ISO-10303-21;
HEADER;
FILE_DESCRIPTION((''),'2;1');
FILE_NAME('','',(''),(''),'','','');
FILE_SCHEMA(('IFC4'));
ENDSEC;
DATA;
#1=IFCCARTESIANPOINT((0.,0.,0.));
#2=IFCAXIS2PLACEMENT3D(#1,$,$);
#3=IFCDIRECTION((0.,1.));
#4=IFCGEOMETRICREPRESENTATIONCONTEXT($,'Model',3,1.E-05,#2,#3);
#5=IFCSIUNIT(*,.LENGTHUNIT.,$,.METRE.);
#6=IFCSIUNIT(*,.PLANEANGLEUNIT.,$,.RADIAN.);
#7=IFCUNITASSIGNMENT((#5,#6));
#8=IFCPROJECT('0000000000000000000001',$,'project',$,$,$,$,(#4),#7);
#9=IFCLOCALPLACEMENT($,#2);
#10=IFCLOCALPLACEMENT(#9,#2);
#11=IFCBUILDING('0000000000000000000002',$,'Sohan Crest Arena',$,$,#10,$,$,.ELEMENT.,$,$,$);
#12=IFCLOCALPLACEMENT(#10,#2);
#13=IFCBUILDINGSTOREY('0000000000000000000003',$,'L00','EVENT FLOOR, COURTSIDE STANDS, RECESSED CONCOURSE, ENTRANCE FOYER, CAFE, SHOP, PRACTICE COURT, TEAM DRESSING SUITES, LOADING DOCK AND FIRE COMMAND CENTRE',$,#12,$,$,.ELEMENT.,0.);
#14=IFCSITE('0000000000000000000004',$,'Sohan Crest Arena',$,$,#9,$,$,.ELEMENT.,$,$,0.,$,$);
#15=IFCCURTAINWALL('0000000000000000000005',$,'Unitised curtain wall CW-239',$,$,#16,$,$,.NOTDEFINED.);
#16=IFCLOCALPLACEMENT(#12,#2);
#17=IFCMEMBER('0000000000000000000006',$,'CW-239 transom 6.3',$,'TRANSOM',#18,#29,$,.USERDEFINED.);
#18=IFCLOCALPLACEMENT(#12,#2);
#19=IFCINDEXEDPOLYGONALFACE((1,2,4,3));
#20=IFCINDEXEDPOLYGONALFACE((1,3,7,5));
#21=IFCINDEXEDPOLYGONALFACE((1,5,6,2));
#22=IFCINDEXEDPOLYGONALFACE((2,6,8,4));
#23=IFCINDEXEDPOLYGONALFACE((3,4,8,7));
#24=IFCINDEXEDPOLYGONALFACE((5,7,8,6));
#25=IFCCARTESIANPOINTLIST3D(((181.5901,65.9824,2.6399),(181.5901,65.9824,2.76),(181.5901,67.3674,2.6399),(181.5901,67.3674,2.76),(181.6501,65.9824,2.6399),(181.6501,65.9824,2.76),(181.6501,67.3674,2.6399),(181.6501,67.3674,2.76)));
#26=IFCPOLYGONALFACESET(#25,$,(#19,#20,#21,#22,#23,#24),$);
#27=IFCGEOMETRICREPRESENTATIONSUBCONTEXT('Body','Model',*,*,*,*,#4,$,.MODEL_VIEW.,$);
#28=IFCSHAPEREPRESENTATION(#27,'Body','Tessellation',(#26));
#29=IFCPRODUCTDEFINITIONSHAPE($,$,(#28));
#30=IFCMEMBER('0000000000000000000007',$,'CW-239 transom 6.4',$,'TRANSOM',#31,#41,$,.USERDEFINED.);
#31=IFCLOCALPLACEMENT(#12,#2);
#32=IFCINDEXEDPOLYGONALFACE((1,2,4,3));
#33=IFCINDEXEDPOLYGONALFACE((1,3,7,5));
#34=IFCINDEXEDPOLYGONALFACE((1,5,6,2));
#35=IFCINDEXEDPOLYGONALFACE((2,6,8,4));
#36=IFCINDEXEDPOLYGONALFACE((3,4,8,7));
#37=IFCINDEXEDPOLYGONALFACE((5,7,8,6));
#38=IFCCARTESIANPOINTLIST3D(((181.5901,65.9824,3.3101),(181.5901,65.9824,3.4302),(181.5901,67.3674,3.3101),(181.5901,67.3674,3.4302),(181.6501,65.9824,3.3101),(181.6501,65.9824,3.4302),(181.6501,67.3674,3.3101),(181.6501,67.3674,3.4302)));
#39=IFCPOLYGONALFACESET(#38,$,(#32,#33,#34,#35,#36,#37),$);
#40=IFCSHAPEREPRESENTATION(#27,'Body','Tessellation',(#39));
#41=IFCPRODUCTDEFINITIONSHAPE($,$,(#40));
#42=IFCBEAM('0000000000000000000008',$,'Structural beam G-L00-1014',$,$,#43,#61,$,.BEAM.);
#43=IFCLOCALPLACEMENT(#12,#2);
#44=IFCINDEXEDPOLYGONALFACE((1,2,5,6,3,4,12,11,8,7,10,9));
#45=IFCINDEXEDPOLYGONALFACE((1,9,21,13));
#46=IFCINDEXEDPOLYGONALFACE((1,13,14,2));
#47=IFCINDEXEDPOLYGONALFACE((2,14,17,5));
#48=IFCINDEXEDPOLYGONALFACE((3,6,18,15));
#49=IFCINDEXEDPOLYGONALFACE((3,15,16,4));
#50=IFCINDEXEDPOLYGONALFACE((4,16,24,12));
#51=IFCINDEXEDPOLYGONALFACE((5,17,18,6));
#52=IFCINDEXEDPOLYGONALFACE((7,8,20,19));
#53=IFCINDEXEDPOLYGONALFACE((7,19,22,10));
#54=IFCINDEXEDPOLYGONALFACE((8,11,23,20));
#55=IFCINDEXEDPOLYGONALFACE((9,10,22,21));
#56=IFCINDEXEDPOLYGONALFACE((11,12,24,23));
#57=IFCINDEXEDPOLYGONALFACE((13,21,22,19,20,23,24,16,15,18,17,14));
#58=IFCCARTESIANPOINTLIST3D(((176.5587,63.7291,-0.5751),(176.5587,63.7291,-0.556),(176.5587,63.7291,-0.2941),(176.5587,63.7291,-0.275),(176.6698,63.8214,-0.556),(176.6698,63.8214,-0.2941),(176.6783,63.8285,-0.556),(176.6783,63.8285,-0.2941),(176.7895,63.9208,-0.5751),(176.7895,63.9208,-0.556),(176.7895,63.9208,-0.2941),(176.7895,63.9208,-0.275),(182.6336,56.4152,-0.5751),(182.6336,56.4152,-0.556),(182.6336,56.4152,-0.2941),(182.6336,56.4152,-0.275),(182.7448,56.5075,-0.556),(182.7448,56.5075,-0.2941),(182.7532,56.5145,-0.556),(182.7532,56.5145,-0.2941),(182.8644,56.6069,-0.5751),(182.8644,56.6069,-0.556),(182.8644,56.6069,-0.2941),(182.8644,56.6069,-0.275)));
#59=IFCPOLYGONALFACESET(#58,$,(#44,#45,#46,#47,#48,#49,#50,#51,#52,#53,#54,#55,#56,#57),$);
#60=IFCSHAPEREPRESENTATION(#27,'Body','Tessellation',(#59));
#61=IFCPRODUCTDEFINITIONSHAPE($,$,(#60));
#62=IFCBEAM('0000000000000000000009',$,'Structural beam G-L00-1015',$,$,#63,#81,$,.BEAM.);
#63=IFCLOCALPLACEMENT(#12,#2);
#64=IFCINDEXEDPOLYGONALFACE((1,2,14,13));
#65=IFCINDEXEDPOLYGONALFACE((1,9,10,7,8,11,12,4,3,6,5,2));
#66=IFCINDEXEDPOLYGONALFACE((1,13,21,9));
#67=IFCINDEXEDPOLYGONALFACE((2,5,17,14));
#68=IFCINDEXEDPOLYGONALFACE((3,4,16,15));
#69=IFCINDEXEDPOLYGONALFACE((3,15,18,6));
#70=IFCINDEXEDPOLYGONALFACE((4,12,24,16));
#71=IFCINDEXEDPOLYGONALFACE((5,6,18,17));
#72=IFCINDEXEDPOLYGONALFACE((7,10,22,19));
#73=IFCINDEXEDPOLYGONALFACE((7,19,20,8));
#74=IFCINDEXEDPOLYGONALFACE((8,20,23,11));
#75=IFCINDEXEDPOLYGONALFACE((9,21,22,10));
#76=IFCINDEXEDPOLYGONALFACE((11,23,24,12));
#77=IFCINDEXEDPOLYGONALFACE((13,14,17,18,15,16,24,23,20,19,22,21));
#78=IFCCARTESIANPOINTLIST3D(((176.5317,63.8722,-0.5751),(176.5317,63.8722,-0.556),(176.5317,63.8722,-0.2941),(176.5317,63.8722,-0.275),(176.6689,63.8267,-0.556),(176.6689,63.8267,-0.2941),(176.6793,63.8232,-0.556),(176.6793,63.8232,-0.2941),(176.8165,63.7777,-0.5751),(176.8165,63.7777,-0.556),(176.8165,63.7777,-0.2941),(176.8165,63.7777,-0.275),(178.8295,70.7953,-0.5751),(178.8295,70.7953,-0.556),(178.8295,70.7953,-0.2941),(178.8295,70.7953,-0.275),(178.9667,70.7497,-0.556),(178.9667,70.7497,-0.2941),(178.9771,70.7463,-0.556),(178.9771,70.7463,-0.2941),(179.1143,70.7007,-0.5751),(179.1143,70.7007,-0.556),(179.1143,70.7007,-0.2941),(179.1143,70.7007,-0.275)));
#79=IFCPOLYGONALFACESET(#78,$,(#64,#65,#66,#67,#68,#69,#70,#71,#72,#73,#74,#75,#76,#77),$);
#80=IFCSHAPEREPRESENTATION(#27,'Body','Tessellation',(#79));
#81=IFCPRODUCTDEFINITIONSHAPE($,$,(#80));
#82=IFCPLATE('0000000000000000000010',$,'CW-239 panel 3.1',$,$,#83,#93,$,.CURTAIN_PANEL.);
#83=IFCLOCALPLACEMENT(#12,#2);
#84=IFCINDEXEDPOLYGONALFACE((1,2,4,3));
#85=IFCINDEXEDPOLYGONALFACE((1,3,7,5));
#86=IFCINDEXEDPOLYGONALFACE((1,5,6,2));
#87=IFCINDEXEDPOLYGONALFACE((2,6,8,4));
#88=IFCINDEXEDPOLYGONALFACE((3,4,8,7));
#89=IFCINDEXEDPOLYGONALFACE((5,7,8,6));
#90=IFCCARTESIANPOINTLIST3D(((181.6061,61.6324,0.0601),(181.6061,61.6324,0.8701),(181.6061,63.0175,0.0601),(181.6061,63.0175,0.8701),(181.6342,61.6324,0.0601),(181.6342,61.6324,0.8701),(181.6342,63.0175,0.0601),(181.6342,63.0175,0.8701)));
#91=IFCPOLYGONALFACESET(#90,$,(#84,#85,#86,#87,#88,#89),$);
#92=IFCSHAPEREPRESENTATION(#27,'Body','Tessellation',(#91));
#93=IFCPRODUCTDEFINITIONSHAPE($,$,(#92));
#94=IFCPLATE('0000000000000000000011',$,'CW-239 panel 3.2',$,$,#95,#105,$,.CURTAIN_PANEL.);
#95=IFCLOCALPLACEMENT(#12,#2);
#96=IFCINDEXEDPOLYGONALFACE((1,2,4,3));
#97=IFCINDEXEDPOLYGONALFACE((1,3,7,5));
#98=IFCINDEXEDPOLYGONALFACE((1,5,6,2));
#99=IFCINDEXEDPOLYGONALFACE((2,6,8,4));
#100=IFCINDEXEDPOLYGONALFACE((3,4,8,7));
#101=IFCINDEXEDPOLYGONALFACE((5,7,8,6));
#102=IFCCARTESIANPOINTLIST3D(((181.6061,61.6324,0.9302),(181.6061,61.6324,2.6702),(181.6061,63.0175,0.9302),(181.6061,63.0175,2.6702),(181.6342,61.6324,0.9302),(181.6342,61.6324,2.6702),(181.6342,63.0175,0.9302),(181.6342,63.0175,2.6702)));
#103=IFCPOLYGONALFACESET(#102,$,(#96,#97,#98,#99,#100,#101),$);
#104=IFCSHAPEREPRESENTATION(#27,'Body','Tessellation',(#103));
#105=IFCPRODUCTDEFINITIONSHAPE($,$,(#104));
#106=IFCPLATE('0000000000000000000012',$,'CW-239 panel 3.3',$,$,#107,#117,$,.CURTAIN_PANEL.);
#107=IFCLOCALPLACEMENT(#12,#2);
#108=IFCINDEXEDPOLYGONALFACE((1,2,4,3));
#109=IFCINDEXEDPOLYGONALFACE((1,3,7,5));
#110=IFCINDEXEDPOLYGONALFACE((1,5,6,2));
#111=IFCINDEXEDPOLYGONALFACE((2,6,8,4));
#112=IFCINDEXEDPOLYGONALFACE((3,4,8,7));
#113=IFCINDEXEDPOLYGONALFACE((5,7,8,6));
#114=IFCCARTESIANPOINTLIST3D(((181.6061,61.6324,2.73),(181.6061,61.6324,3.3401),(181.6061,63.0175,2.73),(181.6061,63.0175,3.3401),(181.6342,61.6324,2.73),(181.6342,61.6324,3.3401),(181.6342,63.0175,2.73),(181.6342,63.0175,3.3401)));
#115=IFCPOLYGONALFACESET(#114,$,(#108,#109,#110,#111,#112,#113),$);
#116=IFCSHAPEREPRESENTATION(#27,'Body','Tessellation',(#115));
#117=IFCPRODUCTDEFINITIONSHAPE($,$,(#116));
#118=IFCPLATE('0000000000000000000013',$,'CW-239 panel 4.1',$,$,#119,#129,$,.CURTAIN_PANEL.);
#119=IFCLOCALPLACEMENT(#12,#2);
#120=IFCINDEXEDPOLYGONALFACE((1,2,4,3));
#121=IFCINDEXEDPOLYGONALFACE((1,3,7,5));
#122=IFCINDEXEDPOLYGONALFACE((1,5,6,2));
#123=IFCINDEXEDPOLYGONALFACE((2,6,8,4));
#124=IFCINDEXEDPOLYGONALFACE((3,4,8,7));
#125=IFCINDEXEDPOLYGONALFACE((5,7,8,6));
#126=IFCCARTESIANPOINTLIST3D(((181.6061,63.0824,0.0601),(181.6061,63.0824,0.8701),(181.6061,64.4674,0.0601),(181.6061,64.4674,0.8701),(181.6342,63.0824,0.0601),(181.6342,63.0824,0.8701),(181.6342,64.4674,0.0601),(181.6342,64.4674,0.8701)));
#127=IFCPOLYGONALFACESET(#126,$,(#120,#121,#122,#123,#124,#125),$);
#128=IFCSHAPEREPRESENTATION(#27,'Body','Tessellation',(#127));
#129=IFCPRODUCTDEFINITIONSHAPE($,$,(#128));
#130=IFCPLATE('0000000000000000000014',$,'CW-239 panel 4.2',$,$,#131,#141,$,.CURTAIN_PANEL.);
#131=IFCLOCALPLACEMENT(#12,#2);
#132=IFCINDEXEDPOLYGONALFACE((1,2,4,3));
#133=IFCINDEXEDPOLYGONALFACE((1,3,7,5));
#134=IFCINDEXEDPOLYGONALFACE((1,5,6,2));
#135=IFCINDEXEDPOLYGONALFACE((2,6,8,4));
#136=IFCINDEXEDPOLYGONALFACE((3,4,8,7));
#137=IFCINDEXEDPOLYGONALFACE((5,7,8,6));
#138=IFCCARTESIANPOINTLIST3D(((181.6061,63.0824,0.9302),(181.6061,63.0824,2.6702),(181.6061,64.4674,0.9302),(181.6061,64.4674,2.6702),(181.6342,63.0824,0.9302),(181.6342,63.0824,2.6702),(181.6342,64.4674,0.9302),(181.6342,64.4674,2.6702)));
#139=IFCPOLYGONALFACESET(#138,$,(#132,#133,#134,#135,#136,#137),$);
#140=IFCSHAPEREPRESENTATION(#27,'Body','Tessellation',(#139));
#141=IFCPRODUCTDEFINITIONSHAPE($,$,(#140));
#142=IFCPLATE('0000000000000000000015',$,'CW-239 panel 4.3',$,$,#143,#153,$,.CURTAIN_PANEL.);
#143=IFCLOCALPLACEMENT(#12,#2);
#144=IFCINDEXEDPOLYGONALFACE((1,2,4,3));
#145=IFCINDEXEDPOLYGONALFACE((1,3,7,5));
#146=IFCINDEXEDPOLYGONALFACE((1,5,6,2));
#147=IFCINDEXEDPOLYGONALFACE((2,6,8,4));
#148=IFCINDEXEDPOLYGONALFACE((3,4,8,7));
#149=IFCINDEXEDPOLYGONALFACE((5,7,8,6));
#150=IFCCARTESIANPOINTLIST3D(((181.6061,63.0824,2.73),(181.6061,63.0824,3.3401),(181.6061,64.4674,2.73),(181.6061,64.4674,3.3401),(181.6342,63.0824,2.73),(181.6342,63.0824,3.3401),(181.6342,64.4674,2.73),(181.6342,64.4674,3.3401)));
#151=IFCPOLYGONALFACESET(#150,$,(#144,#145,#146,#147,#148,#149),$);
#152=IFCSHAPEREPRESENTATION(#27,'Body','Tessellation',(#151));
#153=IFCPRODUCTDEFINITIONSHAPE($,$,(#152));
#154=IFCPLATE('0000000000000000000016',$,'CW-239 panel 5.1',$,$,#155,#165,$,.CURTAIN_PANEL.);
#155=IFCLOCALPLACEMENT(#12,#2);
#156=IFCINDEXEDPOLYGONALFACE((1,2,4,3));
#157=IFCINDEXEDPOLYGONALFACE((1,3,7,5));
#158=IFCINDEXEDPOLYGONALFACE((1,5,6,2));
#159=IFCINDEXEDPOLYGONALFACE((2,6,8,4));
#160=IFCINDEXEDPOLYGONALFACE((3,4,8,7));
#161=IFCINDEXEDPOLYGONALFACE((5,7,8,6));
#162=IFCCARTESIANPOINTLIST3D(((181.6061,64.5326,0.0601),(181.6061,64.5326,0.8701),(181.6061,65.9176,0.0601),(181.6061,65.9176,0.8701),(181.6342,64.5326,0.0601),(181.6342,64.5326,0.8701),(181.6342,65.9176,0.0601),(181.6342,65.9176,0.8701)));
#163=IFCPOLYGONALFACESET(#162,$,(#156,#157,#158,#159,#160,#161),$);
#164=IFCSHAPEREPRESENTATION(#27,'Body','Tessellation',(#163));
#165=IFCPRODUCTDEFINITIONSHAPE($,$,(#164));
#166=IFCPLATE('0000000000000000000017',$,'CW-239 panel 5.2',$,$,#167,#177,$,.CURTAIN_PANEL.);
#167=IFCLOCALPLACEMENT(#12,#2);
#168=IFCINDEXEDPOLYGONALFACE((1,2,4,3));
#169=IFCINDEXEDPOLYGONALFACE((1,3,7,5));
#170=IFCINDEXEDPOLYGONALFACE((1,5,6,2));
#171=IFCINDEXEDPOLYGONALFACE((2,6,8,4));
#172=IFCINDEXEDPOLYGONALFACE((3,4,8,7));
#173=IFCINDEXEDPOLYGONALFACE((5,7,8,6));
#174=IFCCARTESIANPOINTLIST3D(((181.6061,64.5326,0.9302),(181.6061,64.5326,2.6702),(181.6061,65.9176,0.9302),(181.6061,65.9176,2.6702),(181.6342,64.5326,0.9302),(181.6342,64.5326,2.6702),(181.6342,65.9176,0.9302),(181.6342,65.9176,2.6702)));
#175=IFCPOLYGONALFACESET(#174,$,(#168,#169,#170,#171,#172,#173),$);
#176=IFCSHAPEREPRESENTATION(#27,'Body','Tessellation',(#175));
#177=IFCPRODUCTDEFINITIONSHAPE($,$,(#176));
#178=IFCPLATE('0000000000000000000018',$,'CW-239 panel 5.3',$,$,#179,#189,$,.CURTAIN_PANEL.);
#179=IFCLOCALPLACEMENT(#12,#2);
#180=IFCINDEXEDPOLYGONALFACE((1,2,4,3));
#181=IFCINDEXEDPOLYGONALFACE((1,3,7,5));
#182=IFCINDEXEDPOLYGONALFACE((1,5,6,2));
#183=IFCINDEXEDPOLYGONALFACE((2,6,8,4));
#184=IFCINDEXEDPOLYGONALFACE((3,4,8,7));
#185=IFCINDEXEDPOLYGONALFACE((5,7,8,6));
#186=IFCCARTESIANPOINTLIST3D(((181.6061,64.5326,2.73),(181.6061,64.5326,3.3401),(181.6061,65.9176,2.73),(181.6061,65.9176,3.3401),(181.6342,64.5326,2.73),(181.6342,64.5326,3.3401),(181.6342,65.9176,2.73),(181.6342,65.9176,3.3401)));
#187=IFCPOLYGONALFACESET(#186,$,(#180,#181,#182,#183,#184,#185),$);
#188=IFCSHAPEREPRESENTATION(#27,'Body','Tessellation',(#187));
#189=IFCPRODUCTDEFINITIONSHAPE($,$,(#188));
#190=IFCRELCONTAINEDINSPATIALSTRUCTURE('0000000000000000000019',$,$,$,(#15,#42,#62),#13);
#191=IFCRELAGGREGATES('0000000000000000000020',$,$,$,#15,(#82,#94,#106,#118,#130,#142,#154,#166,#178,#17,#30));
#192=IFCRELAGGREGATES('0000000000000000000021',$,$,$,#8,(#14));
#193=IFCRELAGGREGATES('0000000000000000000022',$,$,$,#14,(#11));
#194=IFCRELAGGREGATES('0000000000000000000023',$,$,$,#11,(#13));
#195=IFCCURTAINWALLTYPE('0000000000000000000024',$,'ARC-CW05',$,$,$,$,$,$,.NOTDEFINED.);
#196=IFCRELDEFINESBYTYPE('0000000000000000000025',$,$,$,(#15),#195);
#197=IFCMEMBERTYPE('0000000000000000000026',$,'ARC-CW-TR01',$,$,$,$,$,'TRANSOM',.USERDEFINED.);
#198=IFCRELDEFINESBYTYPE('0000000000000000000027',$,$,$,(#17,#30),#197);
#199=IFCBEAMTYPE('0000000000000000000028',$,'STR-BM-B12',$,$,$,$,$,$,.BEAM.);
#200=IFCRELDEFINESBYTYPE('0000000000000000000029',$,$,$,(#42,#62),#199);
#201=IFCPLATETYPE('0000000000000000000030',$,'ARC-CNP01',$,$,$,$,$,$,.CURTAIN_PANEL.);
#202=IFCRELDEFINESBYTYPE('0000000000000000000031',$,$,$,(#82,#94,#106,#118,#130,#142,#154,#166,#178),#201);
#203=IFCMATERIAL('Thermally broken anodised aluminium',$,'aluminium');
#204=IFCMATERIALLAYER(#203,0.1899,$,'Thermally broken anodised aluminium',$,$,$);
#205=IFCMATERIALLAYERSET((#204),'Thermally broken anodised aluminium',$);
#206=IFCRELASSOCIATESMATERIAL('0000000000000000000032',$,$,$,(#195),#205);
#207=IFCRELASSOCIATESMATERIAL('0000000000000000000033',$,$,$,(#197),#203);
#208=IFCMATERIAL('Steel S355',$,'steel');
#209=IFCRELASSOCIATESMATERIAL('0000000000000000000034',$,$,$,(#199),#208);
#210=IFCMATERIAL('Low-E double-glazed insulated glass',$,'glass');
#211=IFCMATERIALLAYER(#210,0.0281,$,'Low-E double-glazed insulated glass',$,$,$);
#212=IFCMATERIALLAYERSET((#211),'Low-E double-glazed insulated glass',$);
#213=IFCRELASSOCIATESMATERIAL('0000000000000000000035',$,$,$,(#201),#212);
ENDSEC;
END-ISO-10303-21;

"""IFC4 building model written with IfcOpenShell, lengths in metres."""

from ifc_helpers import new_model, si_unit, direction, frame, origin, origin_2d, place, context, subcontext, project, spatial, rectangle, i_section, extrude, material, layer, layer_set, material_profile, profile_set, type_object, element, aggregate, save


model = new_model("IFC4")

# Units and contexts
model_context = context("Model", 3, precision=1e-05, world=origin(), true_north=direction((0.0, 1.0)))
body_context = subcontext(model_context, "Body", "Model", "MODEL_VIEW")
ifc_project = project(units=[si_unit("LENGTHUNIT", "METRE"), si_unit("PLANEANGLEUNIT", "RADIAN")], contexts=[model_context])

# Site, building, storey
site_placement = place(None, origin())
site = spatial("IfcSite", under=ifc_project, at=site_placement, Name="Sohan Crest Arena", CompositionType="ELEMENT", RefElevation=0.0)
building_placement = place(site_placement, origin())
building = spatial("IfcBuilding", under=site, at=building_placement, Name="Sohan Crest Arena", CompositionType="ELEMENT")
storey_placement = place(building_placement, origin())
storey = spatial("IfcBuildingStorey", under=building, at=storey_placement, Name="L00", Description="EVENT FLOOR, COURTSIDE STANDS, RECESSED CONCOURSE, ENTRANCE FOYER, CAFE, SHOP, PRACTICE COURT, TEAM DRESSING SUITES, LOADING DOCK AND FIRE COMMAND CENTRE", CompositionType="ELEMENT", Elevation=0.0)

# Shared definitions
ifc_material_1 = material(Name="Steel S355", Category="steel")

# Curtain wall, members
ifc_material_2 = material(Name="Thermally broken anodised aluminium", Category="aluminium")
ifc_layer_1 = layer(ifc_material_2, 0.1899, Name="Thermally broken anodised aluminium")
ifc_layer_set_1 = layer_set([ifc_layer_1], Name="Thermally broken anodised aluminium")
curtain_wall_type = type_object("IfcCurtainWallType", Name="ARC-CW05", PredefinedType="NOTDEFINED", material=ifc_layer_set_1)
curtain_wall_placement = place(storey_placement, origin())
curtain_wall = element("IfcCurtainWall", 1, at=curtain_wall_placement, inside=storey, type_object=curtain_wall_type, Name="Unitised curtain wall CW-239", PredefinedType="NOTDEFINED")
ifc_material_profile_1 = material_profile(ifc_material_2, rectangle(XDim=0.0601, YDim=0.1201, at=origin_2d()), Name="ALU-TRAN 60x120")
ifc_profile_set_1 = profile_set([ifc_material_profile_1], Name="Thermally broken anodised aluminium")
member_type_1 = type_object("IfcMemberType", Name="ARC-CW-TR01", ElementType="TRANSOM", PredefinedType="USERDEFINED", material=ifc_profile_set_1)
member_1_placement = place(storey_placement, frame((181.6201, 65.9824, 2.7), z_axis=(0.0, 1.0, 0.0), x_axis=(-1.0, 0.0, 0.0)))
member_1 = element("IfcMember", 2, at=member_1_placement, type_object=member_type_1, Name="CW-239 transom 6.3", ObjectType="TRANSOM", PredefinedType="USERDEFINED", context=body_context, shape_type="SweptSolid", body=[
    extrude(rectangle(XDim=0.0601, YDim=0.1201, at=origin_2d()), origin(), (0.0, 0.0, 1.0), 1.385),
])
member_2_placement = place(storey_placement, frame((181.6201, 65.9824, 3.3701), z_axis=(0.0, 1.0, 0.0), x_axis=(-1.0, 0.0, 0.0)))
member_2 = element("IfcMember", 3, at=member_2_placement, type_object=member_type_1, Name="CW-239 transom 6.4", ObjectType="TRANSOM", PredefinedType="USERDEFINED", context=body_context, shape_type="SweptSolid", body=[
    extrude(rectangle(XDim=0.0601, YDim=0.1201, at=origin_2d()), origin(), (0.0, 0.0, 1.0), 1.385),
])

# Beams
ifc_material_profile_2 = material_profile(ifc_material_1, i_section(OverallWidth=0.3, OverallDepth=0.3, WebThickness=0.011, FlangeThickness=0.019, at=origin_2d()), Name="HEB 300")
ifc_profile_set_2 = profile_set([ifc_material_profile_2], Name="Steel S355")
beam_type = type_object("IfcBeamType", Name="STR-BM-B12", PredefinedType="BEAM", material=ifc_profile_set_2)
beam_1_placement = place(storey_placement, frame((176.6741, 63.825, -0.425), z_axis=(0.638941, -0.769256, 0.0), x_axis=(0.769256, 0.638941, 0.0)))
element("IfcBeam", 4, at=beam_1_placement, inside=storey, type_object=beam_type, Name="Structural beam G-L00-1014", PredefinedType="BEAM", context=body_context, shape_type="SweptSolid", body=[
    extrude(i_section(OverallWidth=0.3, OverallDepth=0.3, WebThickness=0.011, FlangeThickness=0.019, at=origin_2d()), origin(), (0.0, 0.0, 1.0), 9.5078),
])
beam_2_placement = place(storey_placement, frame((176.6741, 63.825, -0.425), z_axis=(0.315013, 0.949087, 0.0), x_axis=(-0.949087, 0.315013, 0.0)))
element("IfcBeam", 5, at=beam_2_placement, inside=storey, type_object=beam_type, Name="Structural beam G-L00-1015", PredefinedType="BEAM", context=body_context, shape_type="SweptSolid", body=[
    extrude(i_section(OverallWidth=0.3, OverallDepth=0.3, WebThickness=0.011, FlangeThickness=0.019, at=origin_2d()), origin(), (0.0, 0.0, 1.0), 7.2944),
])

# Plates
ifc_material_3 = material(Name="Low-E double-glazed insulated glass", Category="glass")
ifc_layer_2 = layer(ifc_material_3, 0.0281, Name="Low-E double-glazed insulated glass")
ifc_layer_set_2 = layer_set([ifc_layer_2], Name="Low-E double-glazed insulated glass")
plate_type = type_object("IfcPlateType", Name="ARC-CNP01", PredefinedType="CURTAIN_PANEL", material=ifc_layer_set_2)
plate_1_placement = place(storey_placement, frame((181.6201, 62.325, 0.0601), z_axis=(0.0, 0.0, 1.0), x_axis=(0.0, 1.0, 0.0)))
plate_1 = element("IfcPlate", 6, at=plate_1_placement, type_object=plate_type, Name="CW-239 panel 3.1", PredefinedType="CURTAIN_PANEL", context=body_context, shape_type="SweptSolid", body=[
    extrude(rectangle(XDim=1.385, YDim=0.0281, at=origin_2d()), origin(), (0.0, 0.0, 1.0), 0.8101),
])
plate_2_placement = place(storey_placement, frame((181.6201, 62.325, 0.9302), z_axis=(0.0, 0.0, 1.0), x_axis=(0.0, 1.0, 0.0)))
plate_2 = element("IfcPlate", 7, at=plate_2_placement, type_object=plate_type, Name="CW-239 panel 3.2", PredefinedType="CURTAIN_PANEL", context=body_context, shape_type="SweptSolid", body=[
    extrude(rectangle(XDim=1.385, YDim=0.0281, at=origin_2d()), origin(), (0.0, 0.0, 1.0), 1.74),
])
plate_3_placement = place(storey_placement, frame((181.6201, 62.325, 2.73), z_axis=(0.0, 0.0, 1.0), x_axis=(0.0, 1.0, 0.0)))
plate_3 = element("IfcPlate", 8, at=plate_3_placement, type_object=plate_type, Name="CW-239 panel 3.3", PredefinedType="CURTAIN_PANEL", context=body_context, shape_type="SweptSolid", body=[
    extrude(rectangle(XDim=1.385, YDim=0.0281, at=origin_2d()), origin(), (0.0, 0.0, 1.0), 0.6101),
])
plate_4_placement = place(storey_placement, frame((181.6201, 63.7749, 0.0601), z_axis=(0.0, 0.0, 1.0), x_axis=(0.0, 1.0, 0.0)))
plate_4 = element("IfcPlate", 9, at=plate_4_placement, type_object=plate_type, Name="CW-239 panel 4.1", PredefinedType="CURTAIN_PANEL", context=body_context, shape_type="SweptSolid", body=[
    extrude(rectangle(XDim=1.385, YDim=0.0281, at=origin_2d()), origin(), (0.0, 0.0, 1.0), 0.8101),
])
plate_5_placement = place(storey_placement, frame((181.6201, 63.7749, 0.9302), z_axis=(0.0, 0.0, 1.0), x_axis=(0.0, 1.0, 0.0)))
plate_5 = element("IfcPlate", 10, at=plate_5_placement, type_object=plate_type, Name="CW-239 panel 4.2", PredefinedType="CURTAIN_PANEL", context=body_context, shape_type="SweptSolid", body=[
    extrude(rectangle(XDim=1.385, YDim=0.0281, at=origin_2d()), origin(), (0.0, 0.0, 1.0), 1.74),
])
plate_6_placement = place(storey_placement, frame((181.6201, 63.7749, 2.73), z_axis=(0.0, 0.0, 1.0), x_axis=(0.0, 1.0, 0.0)))
plate_6 = element("IfcPlate", 11, at=plate_6_placement, type_object=plate_type, Name="CW-239 panel 4.3", PredefinedType="CURTAIN_PANEL", context=body_context, shape_type="SweptSolid", body=[
    extrude(rectangle(XDim=1.385, YDim=0.0281, at=origin_2d()), origin(), (0.0, 0.0, 1.0), 0.6101),
])
plate_7_placement = place(storey_placement, frame((181.6201, 65.2251, 0.0601), z_axis=(0.0, 0.0, 1.0), x_axis=(0.0, 1.0, 0.0)))
plate_7 = element("IfcPlate", 12, at=plate_7_placement, type_object=plate_type, Name="CW-239 panel 5.1", PredefinedType="CURTAIN_PANEL", context=body_context, shape_type="SweptSolid", body=[
    extrude(rectangle(XDim=1.385, YDim=0.0281, at=origin_2d()), origin(), (0.0, 0.0, 1.0), 0.8101),
])
plate_8_placement = place(storey_placement, frame((181.6201, 65.2251, 0.9302), z_axis=(0.0, 0.0, 1.0), x_axis=(0.0, 1.0, 0.0)))
plate_8 = element("IfcPlate", 13, at=plate_8_placement, type_object=plate_type, Name="CW-239 panel 5.2", PredefinedType="CURTAIN_PANEL", context=body_context, shape_type="SweptSolid", body=[
    extrude(rectangle(XDim=1.385, YDim=0.0281, at=origin_2d()), origin(), (0.0, 0.0, 1.0), 1.74),
])
plate_9_placement = place(storey_placement, frame((181.6201, 65.2251, 2.73), z_axis=(0.0, 0.0, 1.0), x_axis=(0.0, 1.0, 0.0)))
plate_9 = element("IfcPlate", 14, at=plate_9_placement, type_object=plate_type, Name="CW-239 panel 5.3", PredefinedType="CURTAIN_PANEL", context=body_context, shape_type="SweptSolid", body=[
    extrude(rectangle(XDim=1.385, YDim=0.0281, at=origin_2d()), origin(), (0.0, 0.0, 1.0), 0.6101),
])
aggregate(curtain_wall, [plate_1, plate_2, plate_3, plate_4, plate_5, plate_6, plate_7, plate_8, plate_9, member_1, member_2])

save(model, "model.ifc")
